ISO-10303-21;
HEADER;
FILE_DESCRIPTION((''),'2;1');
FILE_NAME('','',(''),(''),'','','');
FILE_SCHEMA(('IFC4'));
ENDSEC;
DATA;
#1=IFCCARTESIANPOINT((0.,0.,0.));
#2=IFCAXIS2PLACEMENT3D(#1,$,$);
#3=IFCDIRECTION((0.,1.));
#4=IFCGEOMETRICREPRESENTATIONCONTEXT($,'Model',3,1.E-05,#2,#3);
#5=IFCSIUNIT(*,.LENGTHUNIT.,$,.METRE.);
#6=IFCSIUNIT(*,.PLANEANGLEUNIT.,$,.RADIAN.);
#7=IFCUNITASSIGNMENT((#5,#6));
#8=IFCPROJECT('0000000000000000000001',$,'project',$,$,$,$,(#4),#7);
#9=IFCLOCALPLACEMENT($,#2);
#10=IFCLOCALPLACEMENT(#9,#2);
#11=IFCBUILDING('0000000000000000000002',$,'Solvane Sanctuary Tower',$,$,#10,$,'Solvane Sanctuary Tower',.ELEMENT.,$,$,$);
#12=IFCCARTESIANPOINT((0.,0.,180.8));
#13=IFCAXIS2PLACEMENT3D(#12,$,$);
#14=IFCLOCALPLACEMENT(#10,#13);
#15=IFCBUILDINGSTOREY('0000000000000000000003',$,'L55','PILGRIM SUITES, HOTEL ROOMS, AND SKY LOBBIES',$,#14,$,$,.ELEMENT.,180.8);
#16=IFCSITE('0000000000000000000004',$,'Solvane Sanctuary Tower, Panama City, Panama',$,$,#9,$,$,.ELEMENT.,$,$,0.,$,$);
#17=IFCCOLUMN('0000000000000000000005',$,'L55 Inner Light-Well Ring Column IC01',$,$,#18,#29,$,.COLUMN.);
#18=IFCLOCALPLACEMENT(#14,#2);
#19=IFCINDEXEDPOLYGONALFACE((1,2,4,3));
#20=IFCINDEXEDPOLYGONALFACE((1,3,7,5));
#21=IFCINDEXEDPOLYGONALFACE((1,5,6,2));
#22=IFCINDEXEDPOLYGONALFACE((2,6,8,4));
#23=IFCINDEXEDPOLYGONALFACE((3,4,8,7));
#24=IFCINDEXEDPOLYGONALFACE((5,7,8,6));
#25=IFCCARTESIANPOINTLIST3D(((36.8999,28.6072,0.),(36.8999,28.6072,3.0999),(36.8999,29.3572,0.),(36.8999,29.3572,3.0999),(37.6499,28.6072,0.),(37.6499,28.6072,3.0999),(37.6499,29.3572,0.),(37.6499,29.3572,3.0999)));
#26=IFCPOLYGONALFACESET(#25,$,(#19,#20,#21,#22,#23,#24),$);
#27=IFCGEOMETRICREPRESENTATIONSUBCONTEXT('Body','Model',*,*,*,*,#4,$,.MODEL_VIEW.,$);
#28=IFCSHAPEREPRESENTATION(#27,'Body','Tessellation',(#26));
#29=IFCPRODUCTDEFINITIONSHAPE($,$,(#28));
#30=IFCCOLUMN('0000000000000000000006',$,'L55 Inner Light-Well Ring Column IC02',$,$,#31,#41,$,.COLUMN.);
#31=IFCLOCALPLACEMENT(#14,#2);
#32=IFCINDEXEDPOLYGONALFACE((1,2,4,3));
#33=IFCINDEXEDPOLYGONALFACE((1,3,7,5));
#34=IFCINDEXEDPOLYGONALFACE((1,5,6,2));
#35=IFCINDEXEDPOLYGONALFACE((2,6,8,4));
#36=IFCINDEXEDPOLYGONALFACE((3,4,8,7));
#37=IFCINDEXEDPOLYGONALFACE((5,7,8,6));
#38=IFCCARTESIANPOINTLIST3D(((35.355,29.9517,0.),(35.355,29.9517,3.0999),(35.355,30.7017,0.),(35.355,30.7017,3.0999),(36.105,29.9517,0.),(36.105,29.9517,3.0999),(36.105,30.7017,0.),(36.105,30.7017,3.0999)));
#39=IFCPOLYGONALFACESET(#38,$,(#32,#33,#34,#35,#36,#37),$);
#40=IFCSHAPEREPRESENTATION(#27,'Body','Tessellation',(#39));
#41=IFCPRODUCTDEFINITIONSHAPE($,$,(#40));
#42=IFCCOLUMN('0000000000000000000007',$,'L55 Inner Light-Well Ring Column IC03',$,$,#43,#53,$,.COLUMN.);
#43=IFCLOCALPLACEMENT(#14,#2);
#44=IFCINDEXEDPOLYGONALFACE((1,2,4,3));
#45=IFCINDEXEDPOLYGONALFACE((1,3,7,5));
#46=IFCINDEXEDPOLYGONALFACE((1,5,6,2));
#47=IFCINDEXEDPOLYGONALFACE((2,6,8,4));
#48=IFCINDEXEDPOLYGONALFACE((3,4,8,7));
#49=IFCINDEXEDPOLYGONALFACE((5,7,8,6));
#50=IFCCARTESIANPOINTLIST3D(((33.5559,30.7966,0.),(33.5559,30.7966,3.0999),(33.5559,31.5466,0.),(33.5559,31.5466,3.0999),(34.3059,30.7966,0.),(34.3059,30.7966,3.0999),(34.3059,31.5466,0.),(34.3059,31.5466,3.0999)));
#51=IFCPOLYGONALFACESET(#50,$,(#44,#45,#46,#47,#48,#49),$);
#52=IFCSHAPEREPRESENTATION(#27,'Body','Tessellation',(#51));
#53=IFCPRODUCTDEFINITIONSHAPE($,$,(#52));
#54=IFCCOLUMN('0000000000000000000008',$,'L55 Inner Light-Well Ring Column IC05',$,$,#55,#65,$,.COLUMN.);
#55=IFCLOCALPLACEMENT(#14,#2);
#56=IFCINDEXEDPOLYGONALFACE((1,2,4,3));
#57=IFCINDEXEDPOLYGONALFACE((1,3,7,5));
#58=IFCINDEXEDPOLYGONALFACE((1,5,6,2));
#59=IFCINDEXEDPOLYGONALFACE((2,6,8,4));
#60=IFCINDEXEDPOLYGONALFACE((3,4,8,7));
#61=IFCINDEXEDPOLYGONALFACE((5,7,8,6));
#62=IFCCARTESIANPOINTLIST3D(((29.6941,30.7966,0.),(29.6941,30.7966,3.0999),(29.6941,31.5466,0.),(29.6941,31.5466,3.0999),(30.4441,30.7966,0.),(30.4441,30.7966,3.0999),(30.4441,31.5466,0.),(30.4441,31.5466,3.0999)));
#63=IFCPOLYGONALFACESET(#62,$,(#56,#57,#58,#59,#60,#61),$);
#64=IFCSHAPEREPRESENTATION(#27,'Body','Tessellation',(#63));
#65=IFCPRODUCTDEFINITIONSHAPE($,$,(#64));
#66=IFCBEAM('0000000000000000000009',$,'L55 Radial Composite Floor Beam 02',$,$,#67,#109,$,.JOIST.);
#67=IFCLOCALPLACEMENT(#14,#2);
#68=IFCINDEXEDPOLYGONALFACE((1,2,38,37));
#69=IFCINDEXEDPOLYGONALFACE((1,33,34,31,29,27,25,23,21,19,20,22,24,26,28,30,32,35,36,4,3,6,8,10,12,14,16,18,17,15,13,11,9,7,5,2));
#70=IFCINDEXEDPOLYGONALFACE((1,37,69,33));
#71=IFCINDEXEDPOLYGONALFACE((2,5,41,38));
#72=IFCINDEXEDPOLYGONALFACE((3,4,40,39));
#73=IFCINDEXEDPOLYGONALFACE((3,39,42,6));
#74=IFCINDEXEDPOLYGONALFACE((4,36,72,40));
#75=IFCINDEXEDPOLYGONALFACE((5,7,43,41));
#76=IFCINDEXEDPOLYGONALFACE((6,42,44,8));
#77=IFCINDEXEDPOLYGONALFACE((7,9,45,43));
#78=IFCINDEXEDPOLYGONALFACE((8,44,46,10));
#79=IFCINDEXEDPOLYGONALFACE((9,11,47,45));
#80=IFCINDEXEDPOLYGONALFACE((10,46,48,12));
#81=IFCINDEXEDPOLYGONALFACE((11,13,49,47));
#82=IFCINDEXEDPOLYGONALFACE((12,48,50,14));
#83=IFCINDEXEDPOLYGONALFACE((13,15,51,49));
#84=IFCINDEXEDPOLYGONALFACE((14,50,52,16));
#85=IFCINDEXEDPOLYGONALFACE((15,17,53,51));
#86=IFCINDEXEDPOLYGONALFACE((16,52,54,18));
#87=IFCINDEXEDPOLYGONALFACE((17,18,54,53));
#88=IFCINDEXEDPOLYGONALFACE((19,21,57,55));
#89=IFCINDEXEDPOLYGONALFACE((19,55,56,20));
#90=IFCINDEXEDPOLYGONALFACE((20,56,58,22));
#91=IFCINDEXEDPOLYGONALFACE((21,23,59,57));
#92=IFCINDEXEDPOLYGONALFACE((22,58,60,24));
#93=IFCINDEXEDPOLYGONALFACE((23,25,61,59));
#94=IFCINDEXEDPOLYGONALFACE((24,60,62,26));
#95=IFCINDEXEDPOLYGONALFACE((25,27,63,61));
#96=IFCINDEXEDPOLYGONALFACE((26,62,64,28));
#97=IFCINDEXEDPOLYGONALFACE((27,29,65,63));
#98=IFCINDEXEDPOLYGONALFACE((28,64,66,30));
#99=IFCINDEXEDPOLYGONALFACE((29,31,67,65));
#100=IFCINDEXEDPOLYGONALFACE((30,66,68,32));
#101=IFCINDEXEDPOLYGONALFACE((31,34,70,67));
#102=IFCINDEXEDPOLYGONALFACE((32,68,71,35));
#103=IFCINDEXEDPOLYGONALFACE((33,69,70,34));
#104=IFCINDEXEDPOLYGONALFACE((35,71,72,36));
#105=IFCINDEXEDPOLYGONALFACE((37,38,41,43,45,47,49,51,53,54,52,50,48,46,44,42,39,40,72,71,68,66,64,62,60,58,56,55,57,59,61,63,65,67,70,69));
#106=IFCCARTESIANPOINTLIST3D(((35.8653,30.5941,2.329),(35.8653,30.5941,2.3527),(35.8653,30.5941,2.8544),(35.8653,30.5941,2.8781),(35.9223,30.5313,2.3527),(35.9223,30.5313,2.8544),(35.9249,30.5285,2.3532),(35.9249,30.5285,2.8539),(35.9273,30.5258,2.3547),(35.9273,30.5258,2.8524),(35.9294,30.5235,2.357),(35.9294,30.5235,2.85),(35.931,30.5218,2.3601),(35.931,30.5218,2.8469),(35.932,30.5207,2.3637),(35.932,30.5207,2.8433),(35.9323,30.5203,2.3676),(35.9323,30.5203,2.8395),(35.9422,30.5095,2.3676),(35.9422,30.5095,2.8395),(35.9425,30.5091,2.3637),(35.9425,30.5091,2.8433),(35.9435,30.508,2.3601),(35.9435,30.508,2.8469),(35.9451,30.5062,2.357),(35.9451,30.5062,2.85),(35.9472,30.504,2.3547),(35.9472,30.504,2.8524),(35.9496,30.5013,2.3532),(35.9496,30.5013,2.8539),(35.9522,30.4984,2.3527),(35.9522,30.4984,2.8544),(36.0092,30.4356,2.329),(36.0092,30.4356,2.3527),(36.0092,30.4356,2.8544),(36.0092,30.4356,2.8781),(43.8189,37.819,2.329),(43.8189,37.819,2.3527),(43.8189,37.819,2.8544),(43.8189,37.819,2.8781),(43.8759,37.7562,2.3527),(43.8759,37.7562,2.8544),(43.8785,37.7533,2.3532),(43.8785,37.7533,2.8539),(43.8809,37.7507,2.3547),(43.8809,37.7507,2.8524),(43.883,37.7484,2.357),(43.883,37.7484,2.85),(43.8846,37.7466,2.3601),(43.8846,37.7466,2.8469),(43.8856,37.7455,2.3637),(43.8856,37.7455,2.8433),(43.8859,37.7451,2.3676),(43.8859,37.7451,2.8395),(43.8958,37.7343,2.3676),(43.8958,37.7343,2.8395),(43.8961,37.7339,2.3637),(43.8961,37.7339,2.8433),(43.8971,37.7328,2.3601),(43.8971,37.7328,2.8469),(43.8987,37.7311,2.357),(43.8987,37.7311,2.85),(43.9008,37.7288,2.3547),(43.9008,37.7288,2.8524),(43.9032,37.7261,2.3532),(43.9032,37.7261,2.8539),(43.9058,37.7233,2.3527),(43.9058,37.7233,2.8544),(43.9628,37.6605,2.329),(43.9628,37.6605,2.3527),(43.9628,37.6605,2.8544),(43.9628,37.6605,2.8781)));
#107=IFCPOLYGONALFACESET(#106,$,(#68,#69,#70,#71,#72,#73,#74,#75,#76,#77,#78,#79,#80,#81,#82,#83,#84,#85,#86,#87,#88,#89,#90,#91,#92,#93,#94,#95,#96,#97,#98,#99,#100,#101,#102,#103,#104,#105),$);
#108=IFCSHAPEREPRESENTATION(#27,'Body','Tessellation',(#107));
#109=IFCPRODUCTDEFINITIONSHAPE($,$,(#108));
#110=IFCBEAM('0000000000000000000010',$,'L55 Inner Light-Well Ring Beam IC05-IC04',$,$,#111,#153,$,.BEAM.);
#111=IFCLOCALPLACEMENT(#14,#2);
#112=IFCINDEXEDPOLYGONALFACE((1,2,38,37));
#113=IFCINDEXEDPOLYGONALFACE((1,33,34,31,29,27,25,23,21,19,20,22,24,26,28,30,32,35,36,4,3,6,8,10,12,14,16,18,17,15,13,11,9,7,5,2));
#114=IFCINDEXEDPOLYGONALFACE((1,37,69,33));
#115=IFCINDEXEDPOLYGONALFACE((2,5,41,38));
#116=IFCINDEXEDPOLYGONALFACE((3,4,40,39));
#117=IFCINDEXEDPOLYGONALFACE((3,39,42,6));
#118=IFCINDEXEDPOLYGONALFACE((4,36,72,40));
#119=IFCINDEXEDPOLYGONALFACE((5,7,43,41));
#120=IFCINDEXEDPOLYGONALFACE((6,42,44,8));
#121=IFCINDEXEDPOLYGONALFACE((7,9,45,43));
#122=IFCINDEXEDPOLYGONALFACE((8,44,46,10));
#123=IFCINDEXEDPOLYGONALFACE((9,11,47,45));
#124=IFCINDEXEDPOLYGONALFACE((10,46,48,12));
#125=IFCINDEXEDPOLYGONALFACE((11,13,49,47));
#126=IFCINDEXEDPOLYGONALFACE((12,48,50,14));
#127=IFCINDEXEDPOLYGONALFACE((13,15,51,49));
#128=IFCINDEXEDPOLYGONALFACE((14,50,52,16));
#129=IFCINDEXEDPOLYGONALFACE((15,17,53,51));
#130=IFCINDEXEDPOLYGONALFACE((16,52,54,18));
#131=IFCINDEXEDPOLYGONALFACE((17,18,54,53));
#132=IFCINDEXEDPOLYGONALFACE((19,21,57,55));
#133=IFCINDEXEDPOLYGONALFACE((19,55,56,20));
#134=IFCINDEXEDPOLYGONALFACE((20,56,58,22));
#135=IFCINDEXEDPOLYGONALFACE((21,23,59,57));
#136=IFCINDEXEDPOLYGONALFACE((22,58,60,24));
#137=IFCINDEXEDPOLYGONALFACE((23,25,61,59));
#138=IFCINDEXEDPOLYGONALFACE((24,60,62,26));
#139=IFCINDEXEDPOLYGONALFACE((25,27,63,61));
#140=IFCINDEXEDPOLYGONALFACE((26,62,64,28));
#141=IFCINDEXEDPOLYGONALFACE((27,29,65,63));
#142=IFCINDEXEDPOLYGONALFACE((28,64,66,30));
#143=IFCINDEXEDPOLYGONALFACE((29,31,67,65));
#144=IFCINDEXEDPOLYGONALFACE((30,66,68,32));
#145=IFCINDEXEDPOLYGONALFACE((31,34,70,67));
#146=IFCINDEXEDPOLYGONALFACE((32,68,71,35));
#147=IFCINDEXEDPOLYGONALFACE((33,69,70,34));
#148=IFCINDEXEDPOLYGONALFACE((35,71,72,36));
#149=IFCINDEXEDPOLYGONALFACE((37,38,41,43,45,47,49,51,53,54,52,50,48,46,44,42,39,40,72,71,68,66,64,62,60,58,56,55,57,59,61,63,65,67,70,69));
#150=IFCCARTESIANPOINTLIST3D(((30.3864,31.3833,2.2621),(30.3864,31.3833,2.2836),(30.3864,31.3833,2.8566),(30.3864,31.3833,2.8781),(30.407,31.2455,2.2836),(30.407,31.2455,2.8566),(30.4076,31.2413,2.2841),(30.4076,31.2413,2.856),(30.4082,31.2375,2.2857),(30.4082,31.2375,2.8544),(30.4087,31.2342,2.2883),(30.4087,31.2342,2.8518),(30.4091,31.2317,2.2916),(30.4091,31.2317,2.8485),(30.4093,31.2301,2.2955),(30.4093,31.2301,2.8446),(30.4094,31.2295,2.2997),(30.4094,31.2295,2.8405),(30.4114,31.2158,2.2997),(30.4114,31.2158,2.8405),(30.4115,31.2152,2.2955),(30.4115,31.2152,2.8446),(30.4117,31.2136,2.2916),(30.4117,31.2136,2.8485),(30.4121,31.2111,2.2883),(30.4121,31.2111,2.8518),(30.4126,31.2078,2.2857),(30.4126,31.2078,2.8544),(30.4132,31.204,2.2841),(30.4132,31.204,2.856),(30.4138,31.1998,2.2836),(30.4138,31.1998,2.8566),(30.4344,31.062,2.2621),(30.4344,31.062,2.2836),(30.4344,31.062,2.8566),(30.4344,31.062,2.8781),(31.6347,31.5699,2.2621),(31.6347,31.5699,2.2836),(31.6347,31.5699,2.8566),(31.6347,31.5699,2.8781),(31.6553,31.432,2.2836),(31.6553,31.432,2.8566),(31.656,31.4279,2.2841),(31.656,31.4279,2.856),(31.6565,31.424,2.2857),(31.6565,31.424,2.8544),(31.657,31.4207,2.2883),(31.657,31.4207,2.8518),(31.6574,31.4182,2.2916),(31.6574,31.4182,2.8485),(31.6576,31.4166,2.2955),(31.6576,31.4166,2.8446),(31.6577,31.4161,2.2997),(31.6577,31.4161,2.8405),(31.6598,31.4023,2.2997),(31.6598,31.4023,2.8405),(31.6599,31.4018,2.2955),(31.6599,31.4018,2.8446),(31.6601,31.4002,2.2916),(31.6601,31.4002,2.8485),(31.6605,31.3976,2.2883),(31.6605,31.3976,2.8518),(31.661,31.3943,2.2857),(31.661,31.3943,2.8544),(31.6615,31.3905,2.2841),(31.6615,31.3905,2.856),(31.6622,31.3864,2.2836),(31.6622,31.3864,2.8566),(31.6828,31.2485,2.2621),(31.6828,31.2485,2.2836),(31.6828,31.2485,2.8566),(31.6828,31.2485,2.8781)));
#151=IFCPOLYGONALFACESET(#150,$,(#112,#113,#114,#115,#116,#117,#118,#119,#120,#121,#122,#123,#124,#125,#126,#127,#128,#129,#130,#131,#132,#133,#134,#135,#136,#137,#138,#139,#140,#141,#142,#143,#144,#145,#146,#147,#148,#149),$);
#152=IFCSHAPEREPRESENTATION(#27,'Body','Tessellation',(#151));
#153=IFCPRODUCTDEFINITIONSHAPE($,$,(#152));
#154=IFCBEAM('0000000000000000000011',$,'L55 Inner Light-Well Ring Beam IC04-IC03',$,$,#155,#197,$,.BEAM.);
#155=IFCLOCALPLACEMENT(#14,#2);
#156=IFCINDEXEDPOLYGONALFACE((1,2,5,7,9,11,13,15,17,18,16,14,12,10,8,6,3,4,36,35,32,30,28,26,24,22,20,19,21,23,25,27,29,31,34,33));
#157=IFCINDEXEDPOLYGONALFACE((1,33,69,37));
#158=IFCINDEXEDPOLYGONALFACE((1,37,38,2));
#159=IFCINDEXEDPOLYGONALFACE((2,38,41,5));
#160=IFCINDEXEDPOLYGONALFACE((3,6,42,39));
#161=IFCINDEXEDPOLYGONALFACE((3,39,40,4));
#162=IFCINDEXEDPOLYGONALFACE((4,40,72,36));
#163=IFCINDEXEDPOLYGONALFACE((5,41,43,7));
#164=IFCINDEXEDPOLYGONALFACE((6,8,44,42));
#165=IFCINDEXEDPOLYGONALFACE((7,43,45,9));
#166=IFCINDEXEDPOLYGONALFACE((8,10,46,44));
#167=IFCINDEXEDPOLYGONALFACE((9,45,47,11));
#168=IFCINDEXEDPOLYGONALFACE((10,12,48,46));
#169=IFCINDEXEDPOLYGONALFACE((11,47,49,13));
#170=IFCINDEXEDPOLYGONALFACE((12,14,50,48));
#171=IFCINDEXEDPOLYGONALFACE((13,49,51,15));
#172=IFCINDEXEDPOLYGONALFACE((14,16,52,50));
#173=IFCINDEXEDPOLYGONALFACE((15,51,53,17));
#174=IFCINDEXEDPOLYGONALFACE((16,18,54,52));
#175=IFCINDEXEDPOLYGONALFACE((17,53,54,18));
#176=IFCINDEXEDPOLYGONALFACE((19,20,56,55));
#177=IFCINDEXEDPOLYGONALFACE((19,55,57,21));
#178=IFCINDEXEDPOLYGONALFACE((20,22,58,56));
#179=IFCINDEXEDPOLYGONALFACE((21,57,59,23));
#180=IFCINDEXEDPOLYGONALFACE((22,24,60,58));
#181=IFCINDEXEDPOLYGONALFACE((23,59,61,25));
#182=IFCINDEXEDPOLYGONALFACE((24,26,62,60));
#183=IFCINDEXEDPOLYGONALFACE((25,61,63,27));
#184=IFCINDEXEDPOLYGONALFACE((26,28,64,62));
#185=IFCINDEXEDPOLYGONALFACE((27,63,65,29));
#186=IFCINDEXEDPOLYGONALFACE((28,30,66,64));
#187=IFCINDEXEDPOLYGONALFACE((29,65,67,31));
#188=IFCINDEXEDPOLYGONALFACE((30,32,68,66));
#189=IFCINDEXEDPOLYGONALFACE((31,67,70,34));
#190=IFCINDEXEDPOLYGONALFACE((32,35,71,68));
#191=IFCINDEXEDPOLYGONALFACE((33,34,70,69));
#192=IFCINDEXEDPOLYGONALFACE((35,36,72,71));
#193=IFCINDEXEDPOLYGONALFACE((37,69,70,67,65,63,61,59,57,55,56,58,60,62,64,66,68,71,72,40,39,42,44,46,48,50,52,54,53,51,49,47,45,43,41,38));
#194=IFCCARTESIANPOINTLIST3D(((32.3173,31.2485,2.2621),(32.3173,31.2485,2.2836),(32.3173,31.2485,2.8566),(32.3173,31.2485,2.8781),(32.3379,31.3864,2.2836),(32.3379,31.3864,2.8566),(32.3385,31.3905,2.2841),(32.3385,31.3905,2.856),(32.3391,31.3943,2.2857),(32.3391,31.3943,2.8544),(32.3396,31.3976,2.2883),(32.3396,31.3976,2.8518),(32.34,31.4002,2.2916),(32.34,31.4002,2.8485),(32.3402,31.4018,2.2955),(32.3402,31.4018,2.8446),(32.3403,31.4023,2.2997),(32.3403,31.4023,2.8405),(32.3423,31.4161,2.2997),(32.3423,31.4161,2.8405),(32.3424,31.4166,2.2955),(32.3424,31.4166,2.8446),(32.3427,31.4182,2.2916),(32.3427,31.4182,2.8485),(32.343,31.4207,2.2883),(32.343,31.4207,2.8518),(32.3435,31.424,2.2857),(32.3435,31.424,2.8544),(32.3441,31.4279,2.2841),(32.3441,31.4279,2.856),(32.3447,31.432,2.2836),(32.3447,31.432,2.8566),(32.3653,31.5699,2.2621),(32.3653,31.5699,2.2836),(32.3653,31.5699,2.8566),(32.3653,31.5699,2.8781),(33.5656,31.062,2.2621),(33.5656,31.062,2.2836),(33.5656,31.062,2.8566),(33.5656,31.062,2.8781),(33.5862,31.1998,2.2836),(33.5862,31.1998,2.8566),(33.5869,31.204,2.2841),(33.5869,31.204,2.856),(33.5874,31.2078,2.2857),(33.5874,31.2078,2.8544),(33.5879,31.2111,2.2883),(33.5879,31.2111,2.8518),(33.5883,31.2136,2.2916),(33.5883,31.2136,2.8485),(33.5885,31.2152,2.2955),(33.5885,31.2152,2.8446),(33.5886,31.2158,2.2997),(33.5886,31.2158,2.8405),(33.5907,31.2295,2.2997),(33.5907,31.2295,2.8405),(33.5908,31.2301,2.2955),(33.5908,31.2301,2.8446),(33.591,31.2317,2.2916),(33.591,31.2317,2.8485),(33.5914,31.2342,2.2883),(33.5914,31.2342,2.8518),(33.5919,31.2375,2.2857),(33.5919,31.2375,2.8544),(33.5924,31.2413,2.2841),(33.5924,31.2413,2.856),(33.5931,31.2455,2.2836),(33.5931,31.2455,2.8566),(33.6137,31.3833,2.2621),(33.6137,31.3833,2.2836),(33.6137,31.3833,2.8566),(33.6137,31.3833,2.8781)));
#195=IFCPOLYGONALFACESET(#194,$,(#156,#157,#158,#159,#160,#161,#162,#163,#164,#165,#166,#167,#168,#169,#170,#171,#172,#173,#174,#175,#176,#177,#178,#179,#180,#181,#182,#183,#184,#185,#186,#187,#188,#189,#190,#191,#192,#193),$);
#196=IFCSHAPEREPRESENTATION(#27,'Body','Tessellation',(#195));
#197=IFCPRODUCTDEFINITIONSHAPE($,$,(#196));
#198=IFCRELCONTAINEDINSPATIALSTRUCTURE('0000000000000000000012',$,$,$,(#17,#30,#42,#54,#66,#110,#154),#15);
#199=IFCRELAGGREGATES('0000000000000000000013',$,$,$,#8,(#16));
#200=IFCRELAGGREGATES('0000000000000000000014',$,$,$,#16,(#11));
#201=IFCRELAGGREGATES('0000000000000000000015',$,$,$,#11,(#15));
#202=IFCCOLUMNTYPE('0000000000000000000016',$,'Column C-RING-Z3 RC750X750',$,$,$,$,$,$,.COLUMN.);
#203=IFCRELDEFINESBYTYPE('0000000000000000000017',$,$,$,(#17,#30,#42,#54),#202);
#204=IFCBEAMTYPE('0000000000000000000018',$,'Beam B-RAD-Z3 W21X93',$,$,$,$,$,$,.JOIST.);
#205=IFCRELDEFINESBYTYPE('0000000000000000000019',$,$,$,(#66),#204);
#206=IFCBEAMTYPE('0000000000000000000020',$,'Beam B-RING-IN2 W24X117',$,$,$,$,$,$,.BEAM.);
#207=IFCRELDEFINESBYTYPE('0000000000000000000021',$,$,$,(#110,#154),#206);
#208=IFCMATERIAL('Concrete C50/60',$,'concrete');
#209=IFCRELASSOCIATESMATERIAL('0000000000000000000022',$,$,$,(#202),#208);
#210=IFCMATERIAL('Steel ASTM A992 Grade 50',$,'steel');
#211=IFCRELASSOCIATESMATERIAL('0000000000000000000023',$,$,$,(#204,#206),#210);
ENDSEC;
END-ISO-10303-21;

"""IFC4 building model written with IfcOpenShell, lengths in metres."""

from ifc_helpers import new_model, si_unit, direction, frame, origin, origin_2d, place, context, subcontext, project, spatial, rectangle, i_section, extrude, material, material_profile, profile_set, type_object, element, save


model = new_model("IFC4")

# Units and contexts
model_context = context("Model", 3, precision=1e-05, world=origin(), true_north=direction((0.0, 1.0)))
body_context = subcontext(model_context, "Body", "Model", "MODEL_VIEW")
ifc_project = project(units=[si_unit("LENGTHUNIT", "METRE"), si_unit("PLANEANGLEUNIT", "RADIAN")], contexts=[model_context])

# Site, building, storey
site_placement = place(None, origin())
site = spatial("IfcSite", under=ifc_project, at=site_placement, Name="Solvane Sanctuary Tower, Panama City, Panama", CompositionType="ELEMENT", RefElevation=0.0)
building_placement = place(site_placement, origin())
building = spatial("IfcBuilding", under=site, at=building_placement, Name="Solvane Sanctuary Tower", LongName="Solvane Sanctuary Tower", CompositionType="ELEMENT")
storey_placement = place(building_placement, frame((0.0, 0.0, 180.8)))
storey = spatial("IfcBuildingStorey", under=building, at=storey_placement, Name="L55", Description="PILGRIM SUITES, HOTEL ROOMS, AND SKY LOBBIES", CompositionType="ELEMENT", Elevation=180.8)

# Columns
ifc_material_1 = material(Name="Concrete C50/60", Category="concrete")
ifc_material_profile_1 = material_profile(ifc_material_1, rectangle(XDim=0.75, YDim=0.75, at=origin_2d()), Name="RC750X750")
ifc_profile_set_1 = profile_set([ifc_material_profile_1], Name="Concrete C50/60")
column_type = type_object("IfcColumnType", Name="Column C-RING-Z3 RC750X750", PredefinedType="COLUMN", material=ifc_profile_set_1)
for number, where, z_axis, x_axis, name in (
    (1, (37.2749, 28.9822, 0.0), (0.0, 0.0, 1.0), (1.0, 0.0, 0.0), "L55 Inner Light-Well Ring Column IC01"),
    (2, (35.73, 30.3267, 0.0), (0.0, 0.0, 1.0), (1.0, 0.0, 0.0), "L55 Inner Light-Well Ring Column IC02"),
    (3, (33.9309, 31.1716, 0.0), (0.0, 0.0, 1.0), (1.0, 0.0, 0.0), "L55 Inner Light-Well Ring Column IC03"),
    (4, (30.0691, 31.1716, 0.0), (0.0, 0.0, 1.0), (1.0, 0.0, 0.0), "L55 Inner Light-Well Ring Column IC05"),
):
    element("IfcColumn", number, at=place(storey_placement, frame(where, z_axis=z_axis, x_axis=x_axis)), inside=storey, type_object=column_type, Name=name, PredefinedType="COLUMN", context=body_context, shape_type="SweptSolid", body=[
        extrude(rectangle(XDim=0.75, YDim=0.75, at=origin_2d()), origin(), (0.0, 0.0, 1.0), 3.0999),
    ])

# Beams
ifc_material_2 = material(Name="Steel ASTM A992 Grade 50", Category="steel")
ifc_material_profile_2 = material_profile(ifc_material_2, i_section(OverallWidth=0.2141, OverallDepth=0.5491, WebThickness=0.0146, FlangeThickness=0.0237, FilletRadius=0.0149, at=origin_2d()), Name="W21X93")
ifc_profile_set_2 = profile_set([ifc_material_profile_2], Name="Steel ASTM A992 Grade 50")
beam_type_1 = type_object("IfcBeamType", Name="Beam B-RAD-Z3 W21X93", PredefinedType="JOIST", material=ifc_profile_set_2)
beam_1_placement = place(storey_placement, frame((35.9373, 30.5149, 2.6035), z_axis=(0.740204, 0.672382, 0.0), x_axis=(-0.672382, 0.740204, 0.0)))
element("IfcBeam", 5, at=beam_1_placement, inside=storey, type_object=beam_type_1, Name="L55 Radial Composite Floor Beam 02", PredefinedType="JOIST", context=body_context, shape_type="SweptSolid", body=[
    extrude(i_section(OverallWidth=0.2141, OverallDepth=0.5491, WebThickness=0.0146, FlangeThickness=0.0237, FilletRadius=0.0149, at=origin_2d()), origin(), (0.0, 0.0, 1.0), 10.7451),
])
ifc_material_profile_3 = material_profile(ifc_material_2, i_section(OverallWidth=0.325, OverallDepth=0.616, WebThickness=0.0139, FlangeThickness=0.0215, FilletRadius=0.0161, at=origin_2d()), Name="W24X117")
ifc_profile_set_3 = profile_set([ifc_material_profile_3], Name="Steel ASTM A992 Grade 50")
beam_type_2 = type_object("IfcBeamType", Name="Beam B-RING-IN2 W24X117", PredefinedType="BEAM", material=ifc_profile_set_3)
for number, where, z_axis, x_axis, name in (
    (6, (30.4104, 31.2227, 2.5701), (0.98902, 0.147782, 0.0), (-0.147782, 0.98902, 0.0), "L55 Inner Light-Well Ring Beam IC05-IC04"),
    (7, (32.3413, 31.4092, 2.5701), (0.98902, -0.147782, 0.0), (0.147782, 0.98902, 0.0), "L55 Inner Light-Well Ring Beam IC04-IC03"),
):
    element("IfcBeam", number, at=place(storey_placement, frame(where, z_axis=z_axis, x_axis=x_axis)), inside=storey, type_object=beam_type_2, Name=name, PredefinedType="BEAM", context=body_context, shape_type="SweptSolid", body=[
        extrude(i_section(OverallWidth=0.325, OverallDepth=0.616, WebThickness=0.0139, FlangeThickness=0.0215, FilletRadius=0.0161, at=origin_2d()), origin(), (0.0, 0.0, 1.0), 1.2622),
    ])

save(model, "model.ifc")
